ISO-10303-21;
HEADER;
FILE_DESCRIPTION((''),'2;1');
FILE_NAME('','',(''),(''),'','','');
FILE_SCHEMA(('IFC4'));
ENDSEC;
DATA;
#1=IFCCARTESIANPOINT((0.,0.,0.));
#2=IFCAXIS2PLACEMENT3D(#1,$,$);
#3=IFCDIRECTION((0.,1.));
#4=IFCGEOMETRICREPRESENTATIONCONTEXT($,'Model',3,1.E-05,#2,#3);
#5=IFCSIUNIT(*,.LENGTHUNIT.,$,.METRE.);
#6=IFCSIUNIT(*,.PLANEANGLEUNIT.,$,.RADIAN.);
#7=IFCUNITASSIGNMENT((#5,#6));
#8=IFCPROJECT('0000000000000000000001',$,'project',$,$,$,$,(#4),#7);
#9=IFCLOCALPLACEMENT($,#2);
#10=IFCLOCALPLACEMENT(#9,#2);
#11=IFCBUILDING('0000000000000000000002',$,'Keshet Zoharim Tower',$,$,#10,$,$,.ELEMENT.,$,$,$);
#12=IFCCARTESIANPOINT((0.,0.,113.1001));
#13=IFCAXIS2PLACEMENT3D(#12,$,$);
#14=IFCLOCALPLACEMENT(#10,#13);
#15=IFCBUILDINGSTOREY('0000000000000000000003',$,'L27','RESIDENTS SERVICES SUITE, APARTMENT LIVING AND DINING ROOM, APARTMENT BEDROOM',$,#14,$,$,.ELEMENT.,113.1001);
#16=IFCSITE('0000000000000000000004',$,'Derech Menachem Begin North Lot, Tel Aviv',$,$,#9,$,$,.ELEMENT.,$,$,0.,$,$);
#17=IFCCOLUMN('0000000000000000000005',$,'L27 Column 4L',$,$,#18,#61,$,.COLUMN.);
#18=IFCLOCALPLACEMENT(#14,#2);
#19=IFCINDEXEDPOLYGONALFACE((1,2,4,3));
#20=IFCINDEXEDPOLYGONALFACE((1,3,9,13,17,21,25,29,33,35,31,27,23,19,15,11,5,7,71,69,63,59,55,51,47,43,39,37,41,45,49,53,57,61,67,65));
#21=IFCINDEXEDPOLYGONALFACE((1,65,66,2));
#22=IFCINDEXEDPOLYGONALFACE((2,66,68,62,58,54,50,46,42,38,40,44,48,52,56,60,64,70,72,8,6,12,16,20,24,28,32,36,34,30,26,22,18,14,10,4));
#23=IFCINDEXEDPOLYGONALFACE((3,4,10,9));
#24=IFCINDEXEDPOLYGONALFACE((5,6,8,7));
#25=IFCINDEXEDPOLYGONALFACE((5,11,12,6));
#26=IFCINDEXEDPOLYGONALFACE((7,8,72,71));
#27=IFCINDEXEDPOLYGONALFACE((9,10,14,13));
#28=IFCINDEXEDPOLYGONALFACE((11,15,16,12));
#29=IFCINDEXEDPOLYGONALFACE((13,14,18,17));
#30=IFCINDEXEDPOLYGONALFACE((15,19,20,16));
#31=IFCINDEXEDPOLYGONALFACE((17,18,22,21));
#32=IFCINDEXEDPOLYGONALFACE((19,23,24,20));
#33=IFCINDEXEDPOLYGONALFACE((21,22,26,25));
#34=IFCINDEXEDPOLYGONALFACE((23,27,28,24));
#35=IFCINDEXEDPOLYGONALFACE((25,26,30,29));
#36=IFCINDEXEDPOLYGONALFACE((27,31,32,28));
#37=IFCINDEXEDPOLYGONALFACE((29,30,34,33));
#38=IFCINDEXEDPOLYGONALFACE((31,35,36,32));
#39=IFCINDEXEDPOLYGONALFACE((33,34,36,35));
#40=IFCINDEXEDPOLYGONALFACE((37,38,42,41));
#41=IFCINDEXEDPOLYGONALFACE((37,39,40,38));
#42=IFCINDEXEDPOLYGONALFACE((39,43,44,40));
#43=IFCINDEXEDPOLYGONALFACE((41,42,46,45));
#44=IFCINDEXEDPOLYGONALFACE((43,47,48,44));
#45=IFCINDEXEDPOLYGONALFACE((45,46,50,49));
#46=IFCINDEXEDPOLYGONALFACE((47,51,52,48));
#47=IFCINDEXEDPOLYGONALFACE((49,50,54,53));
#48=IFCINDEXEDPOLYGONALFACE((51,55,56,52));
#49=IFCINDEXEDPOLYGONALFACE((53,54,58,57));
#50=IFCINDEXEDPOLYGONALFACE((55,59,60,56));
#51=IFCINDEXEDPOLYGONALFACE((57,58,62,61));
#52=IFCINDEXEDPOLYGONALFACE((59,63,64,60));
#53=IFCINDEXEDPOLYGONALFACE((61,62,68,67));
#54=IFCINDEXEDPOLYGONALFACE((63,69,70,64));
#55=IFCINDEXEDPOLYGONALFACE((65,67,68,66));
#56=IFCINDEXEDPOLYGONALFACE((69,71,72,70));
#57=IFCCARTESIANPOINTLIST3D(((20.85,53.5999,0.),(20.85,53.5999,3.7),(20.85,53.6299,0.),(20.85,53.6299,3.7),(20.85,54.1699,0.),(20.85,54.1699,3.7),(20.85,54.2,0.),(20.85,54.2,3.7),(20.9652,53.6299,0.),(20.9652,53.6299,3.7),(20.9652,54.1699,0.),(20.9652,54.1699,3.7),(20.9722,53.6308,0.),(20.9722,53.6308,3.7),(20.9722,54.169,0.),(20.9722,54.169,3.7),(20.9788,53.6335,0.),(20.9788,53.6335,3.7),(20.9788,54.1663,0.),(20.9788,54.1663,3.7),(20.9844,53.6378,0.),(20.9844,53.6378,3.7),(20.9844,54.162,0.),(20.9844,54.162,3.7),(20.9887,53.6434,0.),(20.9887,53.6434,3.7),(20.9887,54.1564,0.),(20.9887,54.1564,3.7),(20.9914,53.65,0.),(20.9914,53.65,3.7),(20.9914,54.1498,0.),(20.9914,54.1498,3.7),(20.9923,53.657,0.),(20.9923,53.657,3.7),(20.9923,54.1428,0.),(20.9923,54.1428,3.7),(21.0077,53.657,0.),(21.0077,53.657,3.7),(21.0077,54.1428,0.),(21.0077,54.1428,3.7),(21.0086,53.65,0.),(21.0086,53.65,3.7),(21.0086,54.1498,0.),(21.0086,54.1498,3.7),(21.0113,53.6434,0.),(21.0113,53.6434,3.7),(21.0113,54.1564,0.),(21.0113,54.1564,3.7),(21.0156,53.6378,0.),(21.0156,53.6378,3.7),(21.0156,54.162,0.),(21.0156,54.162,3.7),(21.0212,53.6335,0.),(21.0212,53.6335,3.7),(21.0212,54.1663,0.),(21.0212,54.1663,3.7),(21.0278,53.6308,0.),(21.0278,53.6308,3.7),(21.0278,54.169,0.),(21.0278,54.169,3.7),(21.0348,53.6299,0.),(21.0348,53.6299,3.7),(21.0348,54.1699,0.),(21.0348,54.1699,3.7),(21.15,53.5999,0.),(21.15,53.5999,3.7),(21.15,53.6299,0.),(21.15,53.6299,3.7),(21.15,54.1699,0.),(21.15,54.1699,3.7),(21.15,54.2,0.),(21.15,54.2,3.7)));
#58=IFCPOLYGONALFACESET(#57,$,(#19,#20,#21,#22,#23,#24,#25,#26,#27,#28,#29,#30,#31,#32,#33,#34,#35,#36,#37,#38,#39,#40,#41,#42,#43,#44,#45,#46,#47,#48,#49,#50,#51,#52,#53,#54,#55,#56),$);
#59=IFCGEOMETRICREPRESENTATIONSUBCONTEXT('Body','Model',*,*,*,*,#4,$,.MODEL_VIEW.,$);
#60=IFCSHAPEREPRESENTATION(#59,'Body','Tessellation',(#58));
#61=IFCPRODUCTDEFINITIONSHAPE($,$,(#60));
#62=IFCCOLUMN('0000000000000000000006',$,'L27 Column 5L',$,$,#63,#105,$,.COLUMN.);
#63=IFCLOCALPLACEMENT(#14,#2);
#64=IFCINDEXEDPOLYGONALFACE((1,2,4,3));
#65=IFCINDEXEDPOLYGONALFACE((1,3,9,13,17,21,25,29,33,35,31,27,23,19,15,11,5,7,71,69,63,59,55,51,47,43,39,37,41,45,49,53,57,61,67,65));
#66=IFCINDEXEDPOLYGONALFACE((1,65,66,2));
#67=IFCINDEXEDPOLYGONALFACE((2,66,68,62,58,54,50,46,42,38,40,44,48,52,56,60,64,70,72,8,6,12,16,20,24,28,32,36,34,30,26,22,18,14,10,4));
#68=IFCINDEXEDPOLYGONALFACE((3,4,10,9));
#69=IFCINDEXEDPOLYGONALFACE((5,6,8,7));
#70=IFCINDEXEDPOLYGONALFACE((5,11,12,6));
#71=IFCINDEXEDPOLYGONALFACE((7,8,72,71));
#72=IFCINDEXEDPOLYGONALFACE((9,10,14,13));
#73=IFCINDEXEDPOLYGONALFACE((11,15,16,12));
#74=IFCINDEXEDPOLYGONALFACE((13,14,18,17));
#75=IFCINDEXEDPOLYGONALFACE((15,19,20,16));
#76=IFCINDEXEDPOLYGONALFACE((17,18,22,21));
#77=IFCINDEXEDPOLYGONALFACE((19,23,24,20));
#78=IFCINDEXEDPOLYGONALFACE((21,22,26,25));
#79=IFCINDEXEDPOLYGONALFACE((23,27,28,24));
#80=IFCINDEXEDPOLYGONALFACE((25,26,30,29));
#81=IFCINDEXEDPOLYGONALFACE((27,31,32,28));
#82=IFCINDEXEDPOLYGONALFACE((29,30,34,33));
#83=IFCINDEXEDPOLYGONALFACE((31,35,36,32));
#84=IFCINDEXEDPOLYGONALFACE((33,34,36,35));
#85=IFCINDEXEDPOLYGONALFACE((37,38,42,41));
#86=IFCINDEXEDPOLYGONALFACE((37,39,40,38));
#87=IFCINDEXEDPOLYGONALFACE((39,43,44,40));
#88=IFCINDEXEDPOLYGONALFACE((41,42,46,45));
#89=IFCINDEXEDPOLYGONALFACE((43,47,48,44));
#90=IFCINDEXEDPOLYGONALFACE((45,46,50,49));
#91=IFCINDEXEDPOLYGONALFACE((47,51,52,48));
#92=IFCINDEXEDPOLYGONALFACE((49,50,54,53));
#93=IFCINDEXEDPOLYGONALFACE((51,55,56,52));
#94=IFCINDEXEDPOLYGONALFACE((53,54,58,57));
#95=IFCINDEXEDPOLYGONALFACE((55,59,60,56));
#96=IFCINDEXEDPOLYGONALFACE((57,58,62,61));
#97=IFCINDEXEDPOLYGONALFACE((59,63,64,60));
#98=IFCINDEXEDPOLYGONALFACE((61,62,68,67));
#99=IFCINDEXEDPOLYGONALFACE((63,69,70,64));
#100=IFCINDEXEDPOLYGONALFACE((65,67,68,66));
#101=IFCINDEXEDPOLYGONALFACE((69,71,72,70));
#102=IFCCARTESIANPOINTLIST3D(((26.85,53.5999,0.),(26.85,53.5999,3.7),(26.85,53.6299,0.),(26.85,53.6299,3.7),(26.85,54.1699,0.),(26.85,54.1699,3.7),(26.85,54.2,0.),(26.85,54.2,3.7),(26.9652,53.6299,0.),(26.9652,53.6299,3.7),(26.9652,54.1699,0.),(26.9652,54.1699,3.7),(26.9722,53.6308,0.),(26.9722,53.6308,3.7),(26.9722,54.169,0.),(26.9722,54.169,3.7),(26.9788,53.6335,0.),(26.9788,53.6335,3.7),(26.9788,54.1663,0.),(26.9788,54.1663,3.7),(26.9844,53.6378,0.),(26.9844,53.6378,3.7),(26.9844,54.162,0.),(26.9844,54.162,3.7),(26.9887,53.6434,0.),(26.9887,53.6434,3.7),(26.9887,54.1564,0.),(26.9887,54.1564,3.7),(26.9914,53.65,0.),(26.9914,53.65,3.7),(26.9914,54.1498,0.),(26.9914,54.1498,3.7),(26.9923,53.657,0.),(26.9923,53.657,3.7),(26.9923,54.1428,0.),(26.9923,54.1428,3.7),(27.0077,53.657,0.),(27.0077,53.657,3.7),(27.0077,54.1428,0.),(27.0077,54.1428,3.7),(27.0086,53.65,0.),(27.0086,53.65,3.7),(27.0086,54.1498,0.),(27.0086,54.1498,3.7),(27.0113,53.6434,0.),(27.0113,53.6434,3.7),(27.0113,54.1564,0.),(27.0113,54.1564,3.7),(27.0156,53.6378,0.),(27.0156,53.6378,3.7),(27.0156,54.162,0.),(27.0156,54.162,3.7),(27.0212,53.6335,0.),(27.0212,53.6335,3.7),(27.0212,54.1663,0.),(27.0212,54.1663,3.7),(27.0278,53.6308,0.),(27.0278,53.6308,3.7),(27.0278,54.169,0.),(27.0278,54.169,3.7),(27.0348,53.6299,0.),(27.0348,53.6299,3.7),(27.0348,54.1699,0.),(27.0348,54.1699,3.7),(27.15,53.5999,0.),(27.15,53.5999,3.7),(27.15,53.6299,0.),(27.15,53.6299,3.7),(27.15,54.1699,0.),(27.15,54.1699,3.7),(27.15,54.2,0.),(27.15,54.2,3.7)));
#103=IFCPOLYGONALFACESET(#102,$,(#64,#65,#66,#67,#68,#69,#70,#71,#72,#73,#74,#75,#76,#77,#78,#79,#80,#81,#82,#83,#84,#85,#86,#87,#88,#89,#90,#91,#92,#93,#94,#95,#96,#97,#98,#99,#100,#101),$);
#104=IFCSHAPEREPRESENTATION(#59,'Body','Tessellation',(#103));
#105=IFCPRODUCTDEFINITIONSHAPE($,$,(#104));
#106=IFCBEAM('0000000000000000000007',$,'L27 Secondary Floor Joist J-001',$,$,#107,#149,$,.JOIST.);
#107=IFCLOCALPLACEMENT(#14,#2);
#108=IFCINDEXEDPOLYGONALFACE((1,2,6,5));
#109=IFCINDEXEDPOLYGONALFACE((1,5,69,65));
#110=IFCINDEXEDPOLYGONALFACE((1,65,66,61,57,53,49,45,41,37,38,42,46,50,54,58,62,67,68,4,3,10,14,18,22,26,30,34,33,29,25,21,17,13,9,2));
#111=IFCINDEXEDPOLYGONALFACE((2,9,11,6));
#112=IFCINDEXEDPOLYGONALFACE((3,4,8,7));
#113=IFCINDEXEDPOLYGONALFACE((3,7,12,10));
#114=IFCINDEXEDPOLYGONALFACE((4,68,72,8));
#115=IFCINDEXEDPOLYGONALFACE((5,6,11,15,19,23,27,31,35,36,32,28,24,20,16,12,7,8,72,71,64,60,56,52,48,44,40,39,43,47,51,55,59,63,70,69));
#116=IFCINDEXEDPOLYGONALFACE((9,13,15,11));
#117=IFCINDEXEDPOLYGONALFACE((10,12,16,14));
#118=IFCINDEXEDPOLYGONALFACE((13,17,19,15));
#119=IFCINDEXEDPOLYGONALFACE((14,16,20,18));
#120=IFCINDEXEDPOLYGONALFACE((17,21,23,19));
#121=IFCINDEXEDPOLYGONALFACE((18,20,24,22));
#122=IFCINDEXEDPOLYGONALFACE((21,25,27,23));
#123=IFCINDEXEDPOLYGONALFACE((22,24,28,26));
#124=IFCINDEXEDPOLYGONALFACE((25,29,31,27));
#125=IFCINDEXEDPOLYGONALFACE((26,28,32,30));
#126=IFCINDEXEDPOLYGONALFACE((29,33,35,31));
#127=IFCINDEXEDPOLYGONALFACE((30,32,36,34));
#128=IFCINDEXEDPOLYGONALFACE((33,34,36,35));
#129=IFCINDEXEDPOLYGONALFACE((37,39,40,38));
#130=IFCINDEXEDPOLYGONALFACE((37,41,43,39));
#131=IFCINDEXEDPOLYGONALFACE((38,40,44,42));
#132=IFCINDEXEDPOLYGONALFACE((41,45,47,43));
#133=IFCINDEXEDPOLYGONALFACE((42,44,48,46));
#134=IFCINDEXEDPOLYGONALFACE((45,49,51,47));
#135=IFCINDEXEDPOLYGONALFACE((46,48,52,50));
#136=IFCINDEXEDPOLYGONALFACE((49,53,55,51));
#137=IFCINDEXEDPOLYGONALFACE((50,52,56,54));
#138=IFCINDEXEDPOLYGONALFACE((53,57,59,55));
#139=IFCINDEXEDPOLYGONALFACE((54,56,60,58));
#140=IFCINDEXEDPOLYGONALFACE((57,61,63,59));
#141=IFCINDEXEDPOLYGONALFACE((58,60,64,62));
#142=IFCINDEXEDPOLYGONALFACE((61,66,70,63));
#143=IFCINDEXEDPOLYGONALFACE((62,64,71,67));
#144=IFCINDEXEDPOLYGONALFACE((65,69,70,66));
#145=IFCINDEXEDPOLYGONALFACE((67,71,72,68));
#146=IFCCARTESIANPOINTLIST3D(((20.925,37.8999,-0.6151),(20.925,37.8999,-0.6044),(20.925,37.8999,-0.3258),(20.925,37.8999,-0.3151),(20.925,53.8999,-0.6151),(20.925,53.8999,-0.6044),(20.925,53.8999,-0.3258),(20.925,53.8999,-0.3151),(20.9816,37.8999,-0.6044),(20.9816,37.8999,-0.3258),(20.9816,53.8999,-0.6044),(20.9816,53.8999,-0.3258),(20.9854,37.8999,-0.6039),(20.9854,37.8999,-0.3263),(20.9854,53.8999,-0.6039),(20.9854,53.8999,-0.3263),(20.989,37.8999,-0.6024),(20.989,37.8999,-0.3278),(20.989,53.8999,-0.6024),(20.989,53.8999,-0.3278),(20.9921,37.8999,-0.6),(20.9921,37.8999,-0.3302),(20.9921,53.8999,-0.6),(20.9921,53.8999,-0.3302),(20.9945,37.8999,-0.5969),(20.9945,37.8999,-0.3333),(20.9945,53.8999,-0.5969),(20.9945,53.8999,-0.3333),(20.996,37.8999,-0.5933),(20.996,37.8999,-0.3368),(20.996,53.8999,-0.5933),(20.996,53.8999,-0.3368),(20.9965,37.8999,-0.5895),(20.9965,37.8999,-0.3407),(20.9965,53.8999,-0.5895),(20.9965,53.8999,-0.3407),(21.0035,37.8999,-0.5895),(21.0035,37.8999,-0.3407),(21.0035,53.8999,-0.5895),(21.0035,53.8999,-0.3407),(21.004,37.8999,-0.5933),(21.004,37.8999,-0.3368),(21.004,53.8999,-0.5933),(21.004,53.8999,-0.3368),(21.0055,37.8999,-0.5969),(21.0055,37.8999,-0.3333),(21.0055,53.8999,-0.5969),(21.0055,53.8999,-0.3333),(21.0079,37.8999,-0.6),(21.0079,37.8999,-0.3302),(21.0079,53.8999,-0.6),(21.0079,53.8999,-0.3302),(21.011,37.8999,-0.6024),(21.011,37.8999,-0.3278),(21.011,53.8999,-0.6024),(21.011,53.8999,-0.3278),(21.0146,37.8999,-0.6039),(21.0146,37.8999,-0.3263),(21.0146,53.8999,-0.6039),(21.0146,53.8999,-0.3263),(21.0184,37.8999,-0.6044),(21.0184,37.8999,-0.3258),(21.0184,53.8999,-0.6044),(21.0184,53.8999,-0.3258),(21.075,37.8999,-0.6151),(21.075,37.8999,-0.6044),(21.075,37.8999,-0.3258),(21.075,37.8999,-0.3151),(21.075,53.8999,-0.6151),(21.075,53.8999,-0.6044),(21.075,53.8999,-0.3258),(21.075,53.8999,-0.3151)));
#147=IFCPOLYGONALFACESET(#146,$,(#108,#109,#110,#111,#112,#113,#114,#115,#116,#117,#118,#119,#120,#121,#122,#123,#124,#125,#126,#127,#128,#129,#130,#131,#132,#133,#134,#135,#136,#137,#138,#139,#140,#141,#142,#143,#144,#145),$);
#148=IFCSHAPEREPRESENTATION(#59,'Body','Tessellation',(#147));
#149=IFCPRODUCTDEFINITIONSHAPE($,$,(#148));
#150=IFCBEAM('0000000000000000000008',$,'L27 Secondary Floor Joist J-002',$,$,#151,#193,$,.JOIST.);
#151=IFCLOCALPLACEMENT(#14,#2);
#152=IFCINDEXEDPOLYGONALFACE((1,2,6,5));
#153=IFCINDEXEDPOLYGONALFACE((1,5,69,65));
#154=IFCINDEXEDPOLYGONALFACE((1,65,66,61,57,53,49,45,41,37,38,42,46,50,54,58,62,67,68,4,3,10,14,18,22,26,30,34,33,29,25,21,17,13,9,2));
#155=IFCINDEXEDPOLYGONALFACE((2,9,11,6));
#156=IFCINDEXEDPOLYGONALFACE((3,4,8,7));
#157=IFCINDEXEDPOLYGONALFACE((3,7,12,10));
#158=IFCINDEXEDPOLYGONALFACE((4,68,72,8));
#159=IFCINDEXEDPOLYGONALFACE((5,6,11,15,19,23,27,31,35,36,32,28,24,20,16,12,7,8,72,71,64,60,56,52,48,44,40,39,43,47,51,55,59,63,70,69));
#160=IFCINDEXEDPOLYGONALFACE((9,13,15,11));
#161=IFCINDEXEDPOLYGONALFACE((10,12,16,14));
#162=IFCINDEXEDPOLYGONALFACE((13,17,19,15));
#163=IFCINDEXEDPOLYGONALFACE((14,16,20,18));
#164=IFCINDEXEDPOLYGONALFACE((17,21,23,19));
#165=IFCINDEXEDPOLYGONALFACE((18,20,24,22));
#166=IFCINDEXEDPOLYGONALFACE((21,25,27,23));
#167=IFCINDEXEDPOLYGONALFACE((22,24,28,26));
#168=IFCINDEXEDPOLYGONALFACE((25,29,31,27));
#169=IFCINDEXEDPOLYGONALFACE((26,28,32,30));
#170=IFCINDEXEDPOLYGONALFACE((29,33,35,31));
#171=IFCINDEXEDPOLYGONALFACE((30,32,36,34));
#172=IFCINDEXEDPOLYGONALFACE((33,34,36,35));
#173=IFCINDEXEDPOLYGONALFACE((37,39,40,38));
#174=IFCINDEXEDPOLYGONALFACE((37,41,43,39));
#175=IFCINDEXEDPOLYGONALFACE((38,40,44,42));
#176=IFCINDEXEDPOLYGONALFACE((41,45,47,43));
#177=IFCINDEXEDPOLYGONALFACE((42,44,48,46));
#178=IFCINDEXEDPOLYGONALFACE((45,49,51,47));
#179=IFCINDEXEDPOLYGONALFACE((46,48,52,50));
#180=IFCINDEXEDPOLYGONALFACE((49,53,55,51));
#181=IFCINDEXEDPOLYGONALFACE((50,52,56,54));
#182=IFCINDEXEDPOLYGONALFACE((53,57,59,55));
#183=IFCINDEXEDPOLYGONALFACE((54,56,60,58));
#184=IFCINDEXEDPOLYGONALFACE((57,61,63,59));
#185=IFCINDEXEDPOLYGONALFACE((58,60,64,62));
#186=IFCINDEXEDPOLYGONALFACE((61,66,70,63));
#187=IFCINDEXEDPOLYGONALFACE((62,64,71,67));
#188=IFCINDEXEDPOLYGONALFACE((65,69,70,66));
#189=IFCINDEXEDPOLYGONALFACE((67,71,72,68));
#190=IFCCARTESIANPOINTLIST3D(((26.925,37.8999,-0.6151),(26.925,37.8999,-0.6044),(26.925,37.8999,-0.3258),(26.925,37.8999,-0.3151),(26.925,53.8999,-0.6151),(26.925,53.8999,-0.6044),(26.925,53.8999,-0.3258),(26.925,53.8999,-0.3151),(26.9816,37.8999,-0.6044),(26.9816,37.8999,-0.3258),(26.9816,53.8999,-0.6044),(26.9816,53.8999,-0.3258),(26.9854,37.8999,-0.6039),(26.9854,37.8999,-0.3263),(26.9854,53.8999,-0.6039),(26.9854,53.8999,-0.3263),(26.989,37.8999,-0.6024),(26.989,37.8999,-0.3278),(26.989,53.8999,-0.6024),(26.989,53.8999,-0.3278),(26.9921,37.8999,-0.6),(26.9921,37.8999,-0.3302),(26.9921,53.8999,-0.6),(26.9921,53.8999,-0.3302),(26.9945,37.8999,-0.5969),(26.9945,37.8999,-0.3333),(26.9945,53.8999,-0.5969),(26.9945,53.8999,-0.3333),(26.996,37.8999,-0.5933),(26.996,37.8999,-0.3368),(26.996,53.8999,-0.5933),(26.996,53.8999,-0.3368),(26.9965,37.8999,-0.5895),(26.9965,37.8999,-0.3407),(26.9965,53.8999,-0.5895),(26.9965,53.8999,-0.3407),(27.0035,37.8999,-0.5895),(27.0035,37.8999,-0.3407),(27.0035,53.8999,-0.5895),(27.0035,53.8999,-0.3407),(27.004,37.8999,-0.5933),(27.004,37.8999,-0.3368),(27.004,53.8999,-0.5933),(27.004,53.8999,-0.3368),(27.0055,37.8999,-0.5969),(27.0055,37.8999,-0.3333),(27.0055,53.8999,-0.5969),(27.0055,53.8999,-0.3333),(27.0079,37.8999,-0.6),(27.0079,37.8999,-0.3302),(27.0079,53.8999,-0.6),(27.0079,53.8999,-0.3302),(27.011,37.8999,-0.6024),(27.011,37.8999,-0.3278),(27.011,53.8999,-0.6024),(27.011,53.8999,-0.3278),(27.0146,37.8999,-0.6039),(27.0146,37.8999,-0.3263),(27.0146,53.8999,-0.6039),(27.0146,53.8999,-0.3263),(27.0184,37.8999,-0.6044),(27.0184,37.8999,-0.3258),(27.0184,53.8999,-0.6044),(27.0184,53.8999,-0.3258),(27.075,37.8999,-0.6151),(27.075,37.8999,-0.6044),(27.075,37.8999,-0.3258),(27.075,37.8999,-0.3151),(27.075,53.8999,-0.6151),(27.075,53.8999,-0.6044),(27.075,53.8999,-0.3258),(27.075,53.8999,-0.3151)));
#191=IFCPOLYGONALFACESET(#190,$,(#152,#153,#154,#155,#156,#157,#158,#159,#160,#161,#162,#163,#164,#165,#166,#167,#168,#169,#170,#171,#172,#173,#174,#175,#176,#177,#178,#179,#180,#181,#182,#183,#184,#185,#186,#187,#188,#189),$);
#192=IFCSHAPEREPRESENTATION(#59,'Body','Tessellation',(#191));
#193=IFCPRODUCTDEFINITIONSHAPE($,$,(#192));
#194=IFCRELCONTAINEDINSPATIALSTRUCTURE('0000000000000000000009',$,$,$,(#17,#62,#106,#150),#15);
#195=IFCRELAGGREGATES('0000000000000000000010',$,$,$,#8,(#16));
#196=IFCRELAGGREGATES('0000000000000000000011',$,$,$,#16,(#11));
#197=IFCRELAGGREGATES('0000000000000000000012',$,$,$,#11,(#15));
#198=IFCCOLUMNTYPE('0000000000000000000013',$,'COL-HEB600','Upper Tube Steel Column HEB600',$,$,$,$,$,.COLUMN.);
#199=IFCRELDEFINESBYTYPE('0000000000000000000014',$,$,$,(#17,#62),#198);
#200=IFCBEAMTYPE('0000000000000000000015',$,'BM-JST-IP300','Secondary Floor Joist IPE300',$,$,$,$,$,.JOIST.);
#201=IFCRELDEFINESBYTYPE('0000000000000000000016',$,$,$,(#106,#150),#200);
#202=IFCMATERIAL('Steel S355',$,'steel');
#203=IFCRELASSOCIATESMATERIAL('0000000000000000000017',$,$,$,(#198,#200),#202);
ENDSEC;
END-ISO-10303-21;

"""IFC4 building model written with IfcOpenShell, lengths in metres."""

from ifc_helpers import new_model, si_unit, direction, frame, origin, origin_2d, place, context, subcontext, project, spatial, i_section, extrude, material, material_profile, profile_set, type_object, element, save


model = new_model("IFC4")

# Units and contexts
model_context = context("Model", 3, precision=1e-05, world=origin(), true_north=direction((0.0, 1.0)))
body_context = subcontext(model_context, "Body", "Model", "MODEL_VIEW")
ifc_project = project(units=[si_unit("LENGTHUNIT", "METRE"), si_unit("PLANEANGLEUNIT", "RADIAN")], contexts=[model_context])

# Site, building, storey
site_placement = place(None, origin())
site = spatial("IfcSite", under=ifc_project, at=site_placement, Name="Derech Menachem Begin North Lot, Tel Aviv", CompositionType="ELEMENT", RefElevation=0.0)
building_placement = place(site_placement, origin())
building = spatial("IfcBuilding", under=site, at=building_placement, Name="Keshet Zoharim Tower", CompositionType="ELEMENT")
storey_placement = place(building_placement, frame((0.0, 0.0, 113.1001)))
storey = spatial("IfcBuildingStorey", under=building, at=storey_placement, Name="L27", Description="RESIDENTS SERVICES SUITE, APARTMENT LIVING AND DINING ROOM, APARTMENT BEDROOM", CompositionType="ELEMENT", Elevation=113.1001)

# Columns
ifc_material_1 = material(Name="Steel S355", Category="steel")
ifc_material_profile_1 = material_profile(ifc_material_1, i_section(OverallWidth=0.3, OverallDepth=0.6001, WebThickness=0.0154, FlangeThickness=0.03, FilletRadius=0.0271, at=origin_2d()), Name="HEB600")
ifc_profile_set_1 = profile_set([ifc_material_profile_1], Name="Steel S355")
column_type = type_object("IfcColumnType", Name="COL-HEB600", Description="Upper Tube Steel Column HEB600", PredefinedType="COLUMN", material=ifc_profile_set_1)
for number, where, z_axis, x_axis, name in (
    (1, (21.0, 53.8999, 0.0), (0.0, 0.0, 1.0), (1.0, 0.0, 0.0), "L27 Column 4L"),
    (2, (27.0, 53.8999, 0.0), (0.0, 0.0, 1.0), (1.0, 0.0, 0.0), "L27 Column 5L"),
):
    element("IfcColumn", number, at=place(storey_placement, frame(where, z_axis=z_axis, x_axis=x_axis)), inside=storey, type_object=column_type, Name=name, PredefinedType="COLUMN", context=body_context, shape_type="SweptSolid", body=[
        extrude(i_section(OverallWidth=0.3, OverallDepth=0.6001, WebThickness=0.0154, FlangeThickness=0.03, FilletRadius=0.0271, at=origin_2d()), origin(), (0.0, 0.0, 1.0), 3.7),
    ])

# Beams
ifc_material_profile_2 = material_profile(ifc_material_1, i_section(OverallWidth=0.1499, OverallDepth=0.3, WebThickness=0.0071, FlangeThickness=0.0107, FilletRadius=0.0149, at=origin_2d()), Name="IPE300")
ifc_profile_set_2 = profile_set([ifc_material_profile_2], Name="Steel S355")
beam_type_1 = type_object("IfcBeamType", Name="BM-JST-IP300", Description="Secondary Floor Joist IPE300", PredefinedType="JOIST", material=ifc_profile_set_2)
for number, where, z_axis, x_axis, name in (
    (3, (21.0, 37.8999, -0.4651), (0.0, 1.0, 0.0), (-1.0, 0.0, 0.0), "L27 Secondary Floor Joist J-001"),
    (4, (27.0, 37.8999, -0.4651), (0.0, 1.0, 0.0), (-1.0, 0.0, 0.0), "L27 Secondary Floor Joist J-002"),
):
    element("IfcBeam", number, at=place(storey_placement, frame(where, z_axis=z_axis, x_axis=x_axis)), inside=storey, type_object=beam_type_1, Name=name, PredefinedType="JOIST", context=body_context, shape_type="SweptSolid", body=[
        extrude(i_section(OverallWidth=0.1499, OverallDepth=0.3, WebThickness=0.0071, FlangeThickness=0.0107, FilletRadius=0.0149, at=origin_2d()), origin(), (0.0, 0.0, 1.0), 16.0),
    ])

save(model, "model.ifc")
